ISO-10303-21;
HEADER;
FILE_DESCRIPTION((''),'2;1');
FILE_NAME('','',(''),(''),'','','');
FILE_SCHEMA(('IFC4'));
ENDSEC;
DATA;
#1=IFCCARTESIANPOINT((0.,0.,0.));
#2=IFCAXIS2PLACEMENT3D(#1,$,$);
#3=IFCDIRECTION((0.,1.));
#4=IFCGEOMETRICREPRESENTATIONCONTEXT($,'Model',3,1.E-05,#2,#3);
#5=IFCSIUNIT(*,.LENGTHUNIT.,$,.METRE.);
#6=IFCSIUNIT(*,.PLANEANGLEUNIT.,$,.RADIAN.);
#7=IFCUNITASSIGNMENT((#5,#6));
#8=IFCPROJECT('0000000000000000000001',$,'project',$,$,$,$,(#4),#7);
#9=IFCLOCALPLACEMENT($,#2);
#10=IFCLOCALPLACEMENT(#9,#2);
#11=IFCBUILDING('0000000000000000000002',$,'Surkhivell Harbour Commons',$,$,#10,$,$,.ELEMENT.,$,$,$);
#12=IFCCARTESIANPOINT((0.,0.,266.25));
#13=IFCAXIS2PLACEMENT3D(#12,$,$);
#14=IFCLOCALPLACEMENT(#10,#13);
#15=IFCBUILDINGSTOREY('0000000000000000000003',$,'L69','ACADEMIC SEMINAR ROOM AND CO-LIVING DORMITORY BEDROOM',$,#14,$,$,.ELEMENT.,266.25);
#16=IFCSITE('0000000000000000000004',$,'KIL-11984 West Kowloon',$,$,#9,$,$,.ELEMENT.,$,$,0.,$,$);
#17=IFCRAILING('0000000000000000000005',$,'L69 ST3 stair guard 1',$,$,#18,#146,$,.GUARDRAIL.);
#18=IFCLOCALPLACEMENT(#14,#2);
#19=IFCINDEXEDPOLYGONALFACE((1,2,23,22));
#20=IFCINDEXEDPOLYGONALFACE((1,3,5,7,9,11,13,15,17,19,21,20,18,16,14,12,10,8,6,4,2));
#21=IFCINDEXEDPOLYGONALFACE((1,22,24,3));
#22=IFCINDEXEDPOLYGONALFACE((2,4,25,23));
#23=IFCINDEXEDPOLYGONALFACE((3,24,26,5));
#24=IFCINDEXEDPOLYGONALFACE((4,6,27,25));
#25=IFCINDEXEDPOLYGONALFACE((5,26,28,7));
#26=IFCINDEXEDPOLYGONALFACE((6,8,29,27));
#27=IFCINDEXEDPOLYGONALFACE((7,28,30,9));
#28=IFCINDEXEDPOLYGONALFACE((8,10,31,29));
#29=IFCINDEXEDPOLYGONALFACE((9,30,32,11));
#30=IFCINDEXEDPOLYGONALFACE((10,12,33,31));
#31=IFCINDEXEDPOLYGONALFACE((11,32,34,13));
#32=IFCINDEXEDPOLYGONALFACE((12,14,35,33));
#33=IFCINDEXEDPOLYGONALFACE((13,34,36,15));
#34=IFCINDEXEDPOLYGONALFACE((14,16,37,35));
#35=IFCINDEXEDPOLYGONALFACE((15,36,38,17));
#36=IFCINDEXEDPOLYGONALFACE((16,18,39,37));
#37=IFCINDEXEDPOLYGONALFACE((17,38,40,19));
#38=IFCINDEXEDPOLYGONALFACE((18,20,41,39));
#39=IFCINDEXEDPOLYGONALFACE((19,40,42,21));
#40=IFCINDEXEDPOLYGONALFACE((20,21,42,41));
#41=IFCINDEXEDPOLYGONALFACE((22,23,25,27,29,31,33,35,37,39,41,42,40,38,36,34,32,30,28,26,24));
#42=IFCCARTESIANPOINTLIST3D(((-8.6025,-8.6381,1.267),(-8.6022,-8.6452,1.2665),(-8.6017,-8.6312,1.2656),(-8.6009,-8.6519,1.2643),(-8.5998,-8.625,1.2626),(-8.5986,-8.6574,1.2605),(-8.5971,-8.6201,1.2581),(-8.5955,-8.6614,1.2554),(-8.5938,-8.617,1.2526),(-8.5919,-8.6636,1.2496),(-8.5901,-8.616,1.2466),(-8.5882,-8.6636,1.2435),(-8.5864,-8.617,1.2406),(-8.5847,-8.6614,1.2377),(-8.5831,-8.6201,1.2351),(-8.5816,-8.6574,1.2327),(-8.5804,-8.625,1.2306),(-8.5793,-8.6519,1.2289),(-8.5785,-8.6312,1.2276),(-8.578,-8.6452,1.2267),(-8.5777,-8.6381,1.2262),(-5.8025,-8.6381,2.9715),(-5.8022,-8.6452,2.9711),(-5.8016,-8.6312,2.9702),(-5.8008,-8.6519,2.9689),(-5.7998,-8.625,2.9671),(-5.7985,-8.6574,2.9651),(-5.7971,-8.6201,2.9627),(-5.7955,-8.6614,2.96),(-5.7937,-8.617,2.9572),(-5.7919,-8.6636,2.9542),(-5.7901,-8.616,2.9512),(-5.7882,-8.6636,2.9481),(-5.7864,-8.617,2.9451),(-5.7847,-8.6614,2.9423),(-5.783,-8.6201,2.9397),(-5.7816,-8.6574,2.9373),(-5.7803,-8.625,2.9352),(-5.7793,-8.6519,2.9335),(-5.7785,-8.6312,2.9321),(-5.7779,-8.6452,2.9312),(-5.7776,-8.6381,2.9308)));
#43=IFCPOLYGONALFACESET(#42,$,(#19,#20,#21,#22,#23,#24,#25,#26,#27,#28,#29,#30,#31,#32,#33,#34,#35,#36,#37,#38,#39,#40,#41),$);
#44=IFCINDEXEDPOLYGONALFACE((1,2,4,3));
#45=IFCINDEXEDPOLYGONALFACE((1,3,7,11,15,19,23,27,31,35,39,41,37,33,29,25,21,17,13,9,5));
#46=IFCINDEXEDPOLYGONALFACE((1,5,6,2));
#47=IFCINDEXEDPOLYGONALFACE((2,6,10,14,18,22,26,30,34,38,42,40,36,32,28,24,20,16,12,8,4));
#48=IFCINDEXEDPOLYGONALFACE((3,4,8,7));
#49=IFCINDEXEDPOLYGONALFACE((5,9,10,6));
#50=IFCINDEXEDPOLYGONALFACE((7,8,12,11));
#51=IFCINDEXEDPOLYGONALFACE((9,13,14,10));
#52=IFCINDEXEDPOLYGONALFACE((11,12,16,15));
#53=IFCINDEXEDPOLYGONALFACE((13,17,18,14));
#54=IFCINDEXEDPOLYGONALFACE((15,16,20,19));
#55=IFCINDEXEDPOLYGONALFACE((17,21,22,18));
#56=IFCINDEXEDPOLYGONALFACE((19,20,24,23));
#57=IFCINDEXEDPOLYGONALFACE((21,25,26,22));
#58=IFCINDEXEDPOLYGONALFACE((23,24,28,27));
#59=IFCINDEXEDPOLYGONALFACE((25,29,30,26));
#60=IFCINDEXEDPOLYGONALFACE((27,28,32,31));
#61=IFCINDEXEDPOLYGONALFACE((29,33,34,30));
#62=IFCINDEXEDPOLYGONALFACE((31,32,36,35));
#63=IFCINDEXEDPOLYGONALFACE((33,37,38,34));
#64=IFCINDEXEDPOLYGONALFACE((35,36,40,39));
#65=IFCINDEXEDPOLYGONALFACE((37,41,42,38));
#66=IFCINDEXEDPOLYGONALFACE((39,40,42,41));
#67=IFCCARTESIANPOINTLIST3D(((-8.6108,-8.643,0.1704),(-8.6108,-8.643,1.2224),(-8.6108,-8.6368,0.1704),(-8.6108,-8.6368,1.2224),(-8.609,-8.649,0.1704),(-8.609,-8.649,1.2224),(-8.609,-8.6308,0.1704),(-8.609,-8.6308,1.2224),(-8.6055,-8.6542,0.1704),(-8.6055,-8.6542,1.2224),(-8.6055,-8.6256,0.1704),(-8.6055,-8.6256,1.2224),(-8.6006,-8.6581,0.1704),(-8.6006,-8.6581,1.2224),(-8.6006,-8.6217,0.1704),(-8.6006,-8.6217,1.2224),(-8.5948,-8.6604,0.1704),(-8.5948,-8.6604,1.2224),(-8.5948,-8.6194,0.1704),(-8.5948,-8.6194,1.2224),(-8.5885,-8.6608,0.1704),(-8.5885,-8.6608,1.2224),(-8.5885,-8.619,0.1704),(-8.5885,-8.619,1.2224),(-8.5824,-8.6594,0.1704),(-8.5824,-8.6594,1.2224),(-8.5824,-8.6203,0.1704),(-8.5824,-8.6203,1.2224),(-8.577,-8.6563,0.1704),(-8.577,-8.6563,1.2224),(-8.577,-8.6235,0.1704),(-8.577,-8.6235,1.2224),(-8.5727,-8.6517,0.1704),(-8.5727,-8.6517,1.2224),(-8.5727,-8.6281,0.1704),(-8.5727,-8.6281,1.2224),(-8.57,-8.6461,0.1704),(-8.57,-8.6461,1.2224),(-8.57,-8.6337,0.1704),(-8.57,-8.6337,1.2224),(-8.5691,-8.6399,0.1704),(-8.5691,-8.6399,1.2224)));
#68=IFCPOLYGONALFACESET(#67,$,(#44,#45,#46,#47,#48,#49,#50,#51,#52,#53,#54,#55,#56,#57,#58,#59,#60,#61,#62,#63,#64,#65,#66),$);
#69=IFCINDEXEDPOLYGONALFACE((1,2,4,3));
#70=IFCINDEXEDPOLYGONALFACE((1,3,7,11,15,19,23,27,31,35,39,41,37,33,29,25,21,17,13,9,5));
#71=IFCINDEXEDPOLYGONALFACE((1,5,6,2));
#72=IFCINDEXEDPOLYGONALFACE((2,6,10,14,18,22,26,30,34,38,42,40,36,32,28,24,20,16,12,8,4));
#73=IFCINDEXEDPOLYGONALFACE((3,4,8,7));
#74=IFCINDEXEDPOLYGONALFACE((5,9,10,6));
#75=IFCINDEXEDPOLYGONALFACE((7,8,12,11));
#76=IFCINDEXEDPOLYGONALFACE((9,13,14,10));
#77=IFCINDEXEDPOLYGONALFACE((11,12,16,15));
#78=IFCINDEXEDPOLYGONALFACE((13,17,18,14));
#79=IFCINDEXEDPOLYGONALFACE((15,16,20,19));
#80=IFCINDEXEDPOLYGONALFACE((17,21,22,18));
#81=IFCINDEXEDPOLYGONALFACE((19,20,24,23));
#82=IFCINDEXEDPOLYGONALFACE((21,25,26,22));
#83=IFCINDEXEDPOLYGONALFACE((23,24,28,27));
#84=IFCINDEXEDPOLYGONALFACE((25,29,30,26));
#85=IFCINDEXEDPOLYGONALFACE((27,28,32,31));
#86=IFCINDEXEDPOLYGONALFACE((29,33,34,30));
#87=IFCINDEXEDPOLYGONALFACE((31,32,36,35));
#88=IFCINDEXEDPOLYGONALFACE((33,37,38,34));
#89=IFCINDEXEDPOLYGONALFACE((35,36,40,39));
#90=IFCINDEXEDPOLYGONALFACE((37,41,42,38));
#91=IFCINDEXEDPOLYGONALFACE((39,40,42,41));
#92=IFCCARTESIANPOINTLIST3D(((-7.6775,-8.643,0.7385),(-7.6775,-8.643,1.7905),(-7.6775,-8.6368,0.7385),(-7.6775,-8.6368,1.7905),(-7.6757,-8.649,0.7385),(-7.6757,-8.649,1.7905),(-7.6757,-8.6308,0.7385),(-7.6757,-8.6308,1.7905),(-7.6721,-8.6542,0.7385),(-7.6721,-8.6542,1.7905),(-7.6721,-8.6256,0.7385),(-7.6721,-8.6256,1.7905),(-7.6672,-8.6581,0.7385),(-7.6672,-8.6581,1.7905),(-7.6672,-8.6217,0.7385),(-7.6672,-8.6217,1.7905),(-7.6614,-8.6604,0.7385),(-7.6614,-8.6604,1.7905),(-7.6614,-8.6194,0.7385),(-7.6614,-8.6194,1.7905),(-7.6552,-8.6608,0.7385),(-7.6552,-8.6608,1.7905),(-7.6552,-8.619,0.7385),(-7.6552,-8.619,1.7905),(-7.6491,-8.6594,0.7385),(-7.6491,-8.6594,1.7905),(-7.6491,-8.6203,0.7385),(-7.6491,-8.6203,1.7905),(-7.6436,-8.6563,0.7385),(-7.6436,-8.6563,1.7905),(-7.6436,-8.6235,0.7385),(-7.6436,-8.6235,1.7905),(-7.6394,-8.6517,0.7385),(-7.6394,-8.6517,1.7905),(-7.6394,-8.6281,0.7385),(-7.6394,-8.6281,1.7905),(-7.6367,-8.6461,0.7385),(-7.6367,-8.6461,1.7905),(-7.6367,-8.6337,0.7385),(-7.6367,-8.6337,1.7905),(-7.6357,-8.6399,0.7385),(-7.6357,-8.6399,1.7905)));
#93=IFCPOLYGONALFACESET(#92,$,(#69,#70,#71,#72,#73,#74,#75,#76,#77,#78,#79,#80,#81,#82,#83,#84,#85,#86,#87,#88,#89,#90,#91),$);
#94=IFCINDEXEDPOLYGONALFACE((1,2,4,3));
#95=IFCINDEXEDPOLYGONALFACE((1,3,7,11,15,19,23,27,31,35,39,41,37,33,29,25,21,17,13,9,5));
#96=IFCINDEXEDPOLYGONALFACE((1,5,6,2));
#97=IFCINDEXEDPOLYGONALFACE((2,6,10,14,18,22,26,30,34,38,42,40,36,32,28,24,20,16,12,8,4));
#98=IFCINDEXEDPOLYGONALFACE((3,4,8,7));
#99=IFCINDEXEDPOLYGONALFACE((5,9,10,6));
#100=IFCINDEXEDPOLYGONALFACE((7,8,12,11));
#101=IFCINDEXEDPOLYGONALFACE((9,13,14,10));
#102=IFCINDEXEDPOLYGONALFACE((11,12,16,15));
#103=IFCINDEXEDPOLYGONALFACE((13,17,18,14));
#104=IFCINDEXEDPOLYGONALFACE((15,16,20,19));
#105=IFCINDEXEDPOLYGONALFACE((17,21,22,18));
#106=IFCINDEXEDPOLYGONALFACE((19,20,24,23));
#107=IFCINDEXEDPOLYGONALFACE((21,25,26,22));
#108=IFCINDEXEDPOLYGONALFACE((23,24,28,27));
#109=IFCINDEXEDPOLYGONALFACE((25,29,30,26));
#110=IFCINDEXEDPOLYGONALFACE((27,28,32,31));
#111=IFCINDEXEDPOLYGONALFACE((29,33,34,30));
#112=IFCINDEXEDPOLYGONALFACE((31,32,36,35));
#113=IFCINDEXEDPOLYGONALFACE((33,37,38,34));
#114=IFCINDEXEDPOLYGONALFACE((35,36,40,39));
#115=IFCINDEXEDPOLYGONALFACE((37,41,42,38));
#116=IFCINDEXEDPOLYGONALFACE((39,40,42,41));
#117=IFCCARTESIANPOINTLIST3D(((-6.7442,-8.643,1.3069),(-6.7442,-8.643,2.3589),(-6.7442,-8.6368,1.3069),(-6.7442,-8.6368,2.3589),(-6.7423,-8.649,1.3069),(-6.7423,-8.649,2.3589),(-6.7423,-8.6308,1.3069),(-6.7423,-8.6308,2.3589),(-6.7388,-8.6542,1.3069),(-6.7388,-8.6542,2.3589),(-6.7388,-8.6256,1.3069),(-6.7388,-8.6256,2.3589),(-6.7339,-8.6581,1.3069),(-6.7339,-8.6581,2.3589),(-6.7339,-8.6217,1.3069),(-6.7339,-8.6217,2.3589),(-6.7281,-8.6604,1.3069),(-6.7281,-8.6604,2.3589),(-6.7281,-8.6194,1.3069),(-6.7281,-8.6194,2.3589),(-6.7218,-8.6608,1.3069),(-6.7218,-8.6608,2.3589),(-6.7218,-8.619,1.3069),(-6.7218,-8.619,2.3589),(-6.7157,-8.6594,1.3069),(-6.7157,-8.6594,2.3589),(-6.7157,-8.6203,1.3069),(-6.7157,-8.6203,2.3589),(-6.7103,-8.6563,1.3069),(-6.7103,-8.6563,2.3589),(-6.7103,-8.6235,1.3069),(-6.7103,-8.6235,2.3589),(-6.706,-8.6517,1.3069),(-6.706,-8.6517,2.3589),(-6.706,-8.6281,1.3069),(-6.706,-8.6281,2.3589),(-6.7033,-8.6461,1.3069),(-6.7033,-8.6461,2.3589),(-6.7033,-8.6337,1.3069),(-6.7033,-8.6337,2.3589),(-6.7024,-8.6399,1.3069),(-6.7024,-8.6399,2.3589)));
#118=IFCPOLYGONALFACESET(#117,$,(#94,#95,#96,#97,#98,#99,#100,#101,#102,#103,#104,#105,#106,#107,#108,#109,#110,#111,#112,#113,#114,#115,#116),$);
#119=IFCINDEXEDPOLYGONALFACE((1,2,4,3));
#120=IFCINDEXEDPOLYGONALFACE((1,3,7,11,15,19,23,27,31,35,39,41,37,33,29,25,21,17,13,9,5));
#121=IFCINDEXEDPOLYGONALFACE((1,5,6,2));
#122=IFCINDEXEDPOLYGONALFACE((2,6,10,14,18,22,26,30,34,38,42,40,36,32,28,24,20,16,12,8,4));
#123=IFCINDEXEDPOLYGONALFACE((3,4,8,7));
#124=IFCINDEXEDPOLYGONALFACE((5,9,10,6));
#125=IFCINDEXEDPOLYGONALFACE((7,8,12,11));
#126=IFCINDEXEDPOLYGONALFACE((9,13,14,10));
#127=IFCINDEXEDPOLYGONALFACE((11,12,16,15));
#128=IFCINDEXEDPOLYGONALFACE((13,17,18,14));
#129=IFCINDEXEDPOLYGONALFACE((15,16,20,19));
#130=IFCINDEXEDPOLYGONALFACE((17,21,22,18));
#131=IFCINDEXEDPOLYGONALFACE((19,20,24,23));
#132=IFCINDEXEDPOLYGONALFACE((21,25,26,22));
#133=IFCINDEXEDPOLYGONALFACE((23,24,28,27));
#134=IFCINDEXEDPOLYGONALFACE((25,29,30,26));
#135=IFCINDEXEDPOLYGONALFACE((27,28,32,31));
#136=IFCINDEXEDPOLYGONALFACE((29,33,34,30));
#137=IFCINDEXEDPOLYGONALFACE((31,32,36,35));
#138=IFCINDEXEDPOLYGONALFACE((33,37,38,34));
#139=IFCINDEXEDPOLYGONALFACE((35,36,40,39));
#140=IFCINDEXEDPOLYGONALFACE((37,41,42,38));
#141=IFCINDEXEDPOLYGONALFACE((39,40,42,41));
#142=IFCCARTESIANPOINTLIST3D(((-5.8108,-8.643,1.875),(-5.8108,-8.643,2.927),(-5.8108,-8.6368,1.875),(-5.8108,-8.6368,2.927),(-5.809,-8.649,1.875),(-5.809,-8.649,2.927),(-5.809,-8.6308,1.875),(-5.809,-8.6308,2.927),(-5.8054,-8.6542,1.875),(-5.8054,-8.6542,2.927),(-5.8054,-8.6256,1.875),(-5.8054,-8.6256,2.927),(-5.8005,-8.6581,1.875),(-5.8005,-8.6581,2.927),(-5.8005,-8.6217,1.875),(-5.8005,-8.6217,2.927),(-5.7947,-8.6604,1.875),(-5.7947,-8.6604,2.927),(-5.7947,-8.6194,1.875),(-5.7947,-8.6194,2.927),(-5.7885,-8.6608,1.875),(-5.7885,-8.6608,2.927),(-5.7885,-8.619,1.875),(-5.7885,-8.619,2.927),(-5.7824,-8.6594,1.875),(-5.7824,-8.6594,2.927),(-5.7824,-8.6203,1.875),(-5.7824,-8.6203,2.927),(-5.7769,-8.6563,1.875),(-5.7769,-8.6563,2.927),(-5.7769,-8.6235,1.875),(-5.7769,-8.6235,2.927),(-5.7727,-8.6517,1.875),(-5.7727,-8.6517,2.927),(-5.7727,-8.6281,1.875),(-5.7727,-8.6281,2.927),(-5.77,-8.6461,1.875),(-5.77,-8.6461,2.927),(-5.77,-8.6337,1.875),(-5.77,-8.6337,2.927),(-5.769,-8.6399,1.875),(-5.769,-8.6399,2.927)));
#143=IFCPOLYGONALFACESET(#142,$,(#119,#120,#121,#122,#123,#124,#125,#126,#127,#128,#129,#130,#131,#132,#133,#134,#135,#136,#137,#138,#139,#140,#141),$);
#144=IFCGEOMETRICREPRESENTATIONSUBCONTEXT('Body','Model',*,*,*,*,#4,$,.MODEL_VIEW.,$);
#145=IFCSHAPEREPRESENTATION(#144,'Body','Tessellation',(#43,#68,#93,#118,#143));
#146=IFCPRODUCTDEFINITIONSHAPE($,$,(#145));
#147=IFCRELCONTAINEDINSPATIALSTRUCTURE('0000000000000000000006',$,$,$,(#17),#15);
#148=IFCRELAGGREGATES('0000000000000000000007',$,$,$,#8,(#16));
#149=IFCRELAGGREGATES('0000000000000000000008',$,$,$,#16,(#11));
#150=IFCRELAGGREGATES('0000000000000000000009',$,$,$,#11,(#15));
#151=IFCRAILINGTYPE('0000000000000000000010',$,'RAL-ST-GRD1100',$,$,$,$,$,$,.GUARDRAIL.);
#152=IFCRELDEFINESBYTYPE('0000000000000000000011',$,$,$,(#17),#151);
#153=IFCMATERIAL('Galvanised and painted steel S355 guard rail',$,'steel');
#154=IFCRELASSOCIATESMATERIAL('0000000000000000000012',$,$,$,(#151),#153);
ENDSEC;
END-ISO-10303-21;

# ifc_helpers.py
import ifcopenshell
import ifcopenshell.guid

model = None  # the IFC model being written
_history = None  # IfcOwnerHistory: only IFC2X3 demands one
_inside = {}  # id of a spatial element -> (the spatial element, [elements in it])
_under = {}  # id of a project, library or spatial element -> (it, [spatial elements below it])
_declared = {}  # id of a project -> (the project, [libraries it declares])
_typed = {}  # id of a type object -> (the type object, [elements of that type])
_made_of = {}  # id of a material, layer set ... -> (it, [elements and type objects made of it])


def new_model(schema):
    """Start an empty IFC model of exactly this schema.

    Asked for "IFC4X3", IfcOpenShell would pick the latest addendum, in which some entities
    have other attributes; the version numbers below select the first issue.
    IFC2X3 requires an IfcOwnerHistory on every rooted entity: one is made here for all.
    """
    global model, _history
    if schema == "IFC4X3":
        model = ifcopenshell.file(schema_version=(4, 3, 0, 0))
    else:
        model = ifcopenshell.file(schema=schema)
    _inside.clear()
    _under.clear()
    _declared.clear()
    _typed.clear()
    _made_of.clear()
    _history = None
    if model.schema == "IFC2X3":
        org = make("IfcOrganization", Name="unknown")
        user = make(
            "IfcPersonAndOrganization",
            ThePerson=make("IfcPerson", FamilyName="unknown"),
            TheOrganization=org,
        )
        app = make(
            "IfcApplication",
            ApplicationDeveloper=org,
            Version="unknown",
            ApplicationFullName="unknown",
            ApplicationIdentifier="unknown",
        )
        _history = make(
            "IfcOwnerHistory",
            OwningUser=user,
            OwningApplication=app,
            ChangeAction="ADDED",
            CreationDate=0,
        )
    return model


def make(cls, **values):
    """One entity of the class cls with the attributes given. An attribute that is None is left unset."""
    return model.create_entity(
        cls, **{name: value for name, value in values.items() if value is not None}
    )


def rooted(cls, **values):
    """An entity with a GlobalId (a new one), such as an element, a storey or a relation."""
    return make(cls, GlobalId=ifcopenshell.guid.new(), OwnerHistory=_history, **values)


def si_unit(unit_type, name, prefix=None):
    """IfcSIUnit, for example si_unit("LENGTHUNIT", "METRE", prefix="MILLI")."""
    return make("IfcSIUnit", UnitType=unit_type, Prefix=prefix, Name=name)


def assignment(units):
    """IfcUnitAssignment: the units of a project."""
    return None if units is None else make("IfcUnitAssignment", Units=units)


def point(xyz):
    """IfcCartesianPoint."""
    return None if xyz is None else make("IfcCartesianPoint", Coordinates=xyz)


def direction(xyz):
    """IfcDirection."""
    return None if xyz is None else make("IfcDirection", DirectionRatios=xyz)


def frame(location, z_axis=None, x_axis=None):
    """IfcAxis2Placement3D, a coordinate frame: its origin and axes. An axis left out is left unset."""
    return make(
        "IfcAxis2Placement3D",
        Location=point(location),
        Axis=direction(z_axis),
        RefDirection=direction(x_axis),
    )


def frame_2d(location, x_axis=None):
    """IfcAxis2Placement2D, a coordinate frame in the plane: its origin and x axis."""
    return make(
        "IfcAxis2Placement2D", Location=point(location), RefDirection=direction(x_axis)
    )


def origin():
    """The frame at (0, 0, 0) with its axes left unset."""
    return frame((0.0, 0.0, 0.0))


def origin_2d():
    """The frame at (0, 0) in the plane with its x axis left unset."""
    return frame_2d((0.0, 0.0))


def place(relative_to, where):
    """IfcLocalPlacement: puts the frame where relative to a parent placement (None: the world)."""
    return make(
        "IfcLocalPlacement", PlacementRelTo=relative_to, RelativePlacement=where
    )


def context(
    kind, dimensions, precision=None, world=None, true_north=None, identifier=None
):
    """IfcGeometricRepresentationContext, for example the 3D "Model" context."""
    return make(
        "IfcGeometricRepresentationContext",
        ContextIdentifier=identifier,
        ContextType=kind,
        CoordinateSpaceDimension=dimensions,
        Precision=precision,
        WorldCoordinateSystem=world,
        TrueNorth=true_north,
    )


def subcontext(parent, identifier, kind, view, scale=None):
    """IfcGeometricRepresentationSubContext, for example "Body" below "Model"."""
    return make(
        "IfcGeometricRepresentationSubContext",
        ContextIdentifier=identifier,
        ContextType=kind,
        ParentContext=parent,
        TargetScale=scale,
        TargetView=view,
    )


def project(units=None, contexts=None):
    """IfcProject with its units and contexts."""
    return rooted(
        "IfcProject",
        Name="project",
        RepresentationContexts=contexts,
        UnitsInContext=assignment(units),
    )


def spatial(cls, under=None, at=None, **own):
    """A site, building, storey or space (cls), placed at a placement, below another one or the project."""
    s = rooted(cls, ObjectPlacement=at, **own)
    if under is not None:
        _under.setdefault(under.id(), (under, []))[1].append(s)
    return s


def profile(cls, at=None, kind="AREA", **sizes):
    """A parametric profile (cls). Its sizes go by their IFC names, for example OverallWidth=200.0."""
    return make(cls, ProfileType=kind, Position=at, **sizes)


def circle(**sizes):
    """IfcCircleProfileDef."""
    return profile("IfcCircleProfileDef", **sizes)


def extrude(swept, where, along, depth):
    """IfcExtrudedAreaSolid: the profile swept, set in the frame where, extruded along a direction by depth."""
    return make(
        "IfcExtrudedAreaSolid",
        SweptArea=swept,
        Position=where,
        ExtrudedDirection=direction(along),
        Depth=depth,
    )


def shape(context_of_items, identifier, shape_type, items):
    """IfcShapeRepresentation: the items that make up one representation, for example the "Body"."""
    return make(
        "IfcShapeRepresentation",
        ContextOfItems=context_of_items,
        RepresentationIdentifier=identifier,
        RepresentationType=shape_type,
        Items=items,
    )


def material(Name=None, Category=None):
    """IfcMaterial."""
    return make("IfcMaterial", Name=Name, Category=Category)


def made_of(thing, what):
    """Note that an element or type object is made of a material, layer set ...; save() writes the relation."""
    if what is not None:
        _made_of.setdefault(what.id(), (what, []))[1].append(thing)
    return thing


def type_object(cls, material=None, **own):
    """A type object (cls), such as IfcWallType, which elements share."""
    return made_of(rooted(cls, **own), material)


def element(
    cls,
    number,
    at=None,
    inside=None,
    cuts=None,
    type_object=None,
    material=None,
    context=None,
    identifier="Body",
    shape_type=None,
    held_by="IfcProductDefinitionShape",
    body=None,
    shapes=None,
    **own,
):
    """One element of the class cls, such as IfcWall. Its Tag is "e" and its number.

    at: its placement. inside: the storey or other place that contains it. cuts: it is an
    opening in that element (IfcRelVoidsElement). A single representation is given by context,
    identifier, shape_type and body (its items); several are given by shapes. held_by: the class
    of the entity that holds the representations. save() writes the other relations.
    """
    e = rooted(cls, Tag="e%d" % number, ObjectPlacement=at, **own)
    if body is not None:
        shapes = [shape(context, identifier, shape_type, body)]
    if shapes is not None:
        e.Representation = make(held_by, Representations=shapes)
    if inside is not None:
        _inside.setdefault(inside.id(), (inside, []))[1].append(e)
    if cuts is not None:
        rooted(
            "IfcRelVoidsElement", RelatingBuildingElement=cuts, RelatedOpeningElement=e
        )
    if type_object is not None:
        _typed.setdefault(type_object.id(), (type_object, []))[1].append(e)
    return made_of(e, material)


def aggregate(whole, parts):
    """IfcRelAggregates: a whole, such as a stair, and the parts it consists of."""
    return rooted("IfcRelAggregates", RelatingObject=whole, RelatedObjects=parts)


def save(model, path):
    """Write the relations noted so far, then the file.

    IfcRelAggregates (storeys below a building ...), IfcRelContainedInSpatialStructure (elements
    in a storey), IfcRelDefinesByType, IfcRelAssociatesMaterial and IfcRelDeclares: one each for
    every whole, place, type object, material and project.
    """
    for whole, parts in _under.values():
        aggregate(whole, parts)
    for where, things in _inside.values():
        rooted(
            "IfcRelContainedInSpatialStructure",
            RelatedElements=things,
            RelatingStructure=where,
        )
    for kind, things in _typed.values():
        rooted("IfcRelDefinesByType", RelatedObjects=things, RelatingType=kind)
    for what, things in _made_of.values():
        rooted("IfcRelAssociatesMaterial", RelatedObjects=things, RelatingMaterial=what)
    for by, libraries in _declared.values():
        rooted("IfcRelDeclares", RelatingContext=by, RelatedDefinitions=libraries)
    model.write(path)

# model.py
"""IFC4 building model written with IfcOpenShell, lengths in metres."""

from ifc_helpers import new_model, si_unit, direction, frame, origin, origin_2d, place, context, subcontext, project, spatial, circle, extrude, material, type_object, element, save


model = new_model("IFC4")

# Units and contexts
model_context = context("Model", 3, precision=1e-05, world=origin(), true_north=direction((0.0, 1.0)))
body_context = subcontext(model_context, "Body", "Model", "MODEL_VIEW")
ifc_project = project(units=[si_unit("LENGTHUNIT", "METRE"), si_unit("PLANEANGLEUNIT", "RADIAN")], contexts=[model_context])

# Site, building, storey
site_placement = place(None, origin())
site = spatial("IfcSite", under=ifc_project, at=site_placement, Name="KIL-11984 West Kowloon", CompositionType="ELEMENT", RefElevation=0.0)
building_placement = place(site_placement, origin())
building = spatial("IfcBuilding", under=site, at=building_placement, Name="Surkhivell Harbour Commons", CompositionType="ELEMENT")
storey_placement = place(building_placement, frame((0.0, 0.0, 266.25)))
storey = spatial("IfcBuildingStorey", under=building, at=storey_placement, Name="L69", Description="ACADEMIC SEMINAR ROOM AND CO-LIVING DORMITORY BEDROOM", CompositionType="ELEMENT", Elevation=266.25)

# Railing
ifc_material_1 = material(Name="Galvanised and painted steel S355 guard rail", Category="steel")
railing_type_1 = type_object("IfcRailingType", Name="RAL-ST-GRD1100", PredefinedType="GUARDRAIL", material=ifc_material_1)
railing_1_placement = place(storey_placement, frame((-8.5901, -8.6399, 0.1704)))
element("IfcRailing", 1, at=railing_1_placement, inside=storey, type_object=railing_type_1, Name="L69 ST3 stair guard 1", PredefinedType="GUARDRAIL", context=body_context, shape_type="SweptSolid", body=[
    extrude(circle(Radius=0.0239, at=origin_2d()), frame((0.0, 0.0, 1.0762), z_axis=(0.85417, 0.0, 0.519994), x_axis=(0.0, 1.0, 0.0)), (0.0, 0.0, 1.0), 3.2781),
    extrude(circle(Radius=0.021, at=origin_2d()), origin(), (0.0, 0.0, 1.0), 1.052),
    extrude(circle(Radius=0.021, at=origin_2d()), frame((0.9333, 0.0, 0.5681)), (0.0, 0.0, 1.0), 1.052),
    extrude(circle(Radius=0.021, at=origin_2d()), frame((1.8667, 0.0, 1.1365)), (0.0, 0.0, 1.0), 1.052),
    extrude(circle(Radius=0.021, at=origin_2d()), frame((2.8, 0.0, 1.7046)), (0.0, 0.0, 1.0), 1.052),
])

save(model, "model.ifc")
